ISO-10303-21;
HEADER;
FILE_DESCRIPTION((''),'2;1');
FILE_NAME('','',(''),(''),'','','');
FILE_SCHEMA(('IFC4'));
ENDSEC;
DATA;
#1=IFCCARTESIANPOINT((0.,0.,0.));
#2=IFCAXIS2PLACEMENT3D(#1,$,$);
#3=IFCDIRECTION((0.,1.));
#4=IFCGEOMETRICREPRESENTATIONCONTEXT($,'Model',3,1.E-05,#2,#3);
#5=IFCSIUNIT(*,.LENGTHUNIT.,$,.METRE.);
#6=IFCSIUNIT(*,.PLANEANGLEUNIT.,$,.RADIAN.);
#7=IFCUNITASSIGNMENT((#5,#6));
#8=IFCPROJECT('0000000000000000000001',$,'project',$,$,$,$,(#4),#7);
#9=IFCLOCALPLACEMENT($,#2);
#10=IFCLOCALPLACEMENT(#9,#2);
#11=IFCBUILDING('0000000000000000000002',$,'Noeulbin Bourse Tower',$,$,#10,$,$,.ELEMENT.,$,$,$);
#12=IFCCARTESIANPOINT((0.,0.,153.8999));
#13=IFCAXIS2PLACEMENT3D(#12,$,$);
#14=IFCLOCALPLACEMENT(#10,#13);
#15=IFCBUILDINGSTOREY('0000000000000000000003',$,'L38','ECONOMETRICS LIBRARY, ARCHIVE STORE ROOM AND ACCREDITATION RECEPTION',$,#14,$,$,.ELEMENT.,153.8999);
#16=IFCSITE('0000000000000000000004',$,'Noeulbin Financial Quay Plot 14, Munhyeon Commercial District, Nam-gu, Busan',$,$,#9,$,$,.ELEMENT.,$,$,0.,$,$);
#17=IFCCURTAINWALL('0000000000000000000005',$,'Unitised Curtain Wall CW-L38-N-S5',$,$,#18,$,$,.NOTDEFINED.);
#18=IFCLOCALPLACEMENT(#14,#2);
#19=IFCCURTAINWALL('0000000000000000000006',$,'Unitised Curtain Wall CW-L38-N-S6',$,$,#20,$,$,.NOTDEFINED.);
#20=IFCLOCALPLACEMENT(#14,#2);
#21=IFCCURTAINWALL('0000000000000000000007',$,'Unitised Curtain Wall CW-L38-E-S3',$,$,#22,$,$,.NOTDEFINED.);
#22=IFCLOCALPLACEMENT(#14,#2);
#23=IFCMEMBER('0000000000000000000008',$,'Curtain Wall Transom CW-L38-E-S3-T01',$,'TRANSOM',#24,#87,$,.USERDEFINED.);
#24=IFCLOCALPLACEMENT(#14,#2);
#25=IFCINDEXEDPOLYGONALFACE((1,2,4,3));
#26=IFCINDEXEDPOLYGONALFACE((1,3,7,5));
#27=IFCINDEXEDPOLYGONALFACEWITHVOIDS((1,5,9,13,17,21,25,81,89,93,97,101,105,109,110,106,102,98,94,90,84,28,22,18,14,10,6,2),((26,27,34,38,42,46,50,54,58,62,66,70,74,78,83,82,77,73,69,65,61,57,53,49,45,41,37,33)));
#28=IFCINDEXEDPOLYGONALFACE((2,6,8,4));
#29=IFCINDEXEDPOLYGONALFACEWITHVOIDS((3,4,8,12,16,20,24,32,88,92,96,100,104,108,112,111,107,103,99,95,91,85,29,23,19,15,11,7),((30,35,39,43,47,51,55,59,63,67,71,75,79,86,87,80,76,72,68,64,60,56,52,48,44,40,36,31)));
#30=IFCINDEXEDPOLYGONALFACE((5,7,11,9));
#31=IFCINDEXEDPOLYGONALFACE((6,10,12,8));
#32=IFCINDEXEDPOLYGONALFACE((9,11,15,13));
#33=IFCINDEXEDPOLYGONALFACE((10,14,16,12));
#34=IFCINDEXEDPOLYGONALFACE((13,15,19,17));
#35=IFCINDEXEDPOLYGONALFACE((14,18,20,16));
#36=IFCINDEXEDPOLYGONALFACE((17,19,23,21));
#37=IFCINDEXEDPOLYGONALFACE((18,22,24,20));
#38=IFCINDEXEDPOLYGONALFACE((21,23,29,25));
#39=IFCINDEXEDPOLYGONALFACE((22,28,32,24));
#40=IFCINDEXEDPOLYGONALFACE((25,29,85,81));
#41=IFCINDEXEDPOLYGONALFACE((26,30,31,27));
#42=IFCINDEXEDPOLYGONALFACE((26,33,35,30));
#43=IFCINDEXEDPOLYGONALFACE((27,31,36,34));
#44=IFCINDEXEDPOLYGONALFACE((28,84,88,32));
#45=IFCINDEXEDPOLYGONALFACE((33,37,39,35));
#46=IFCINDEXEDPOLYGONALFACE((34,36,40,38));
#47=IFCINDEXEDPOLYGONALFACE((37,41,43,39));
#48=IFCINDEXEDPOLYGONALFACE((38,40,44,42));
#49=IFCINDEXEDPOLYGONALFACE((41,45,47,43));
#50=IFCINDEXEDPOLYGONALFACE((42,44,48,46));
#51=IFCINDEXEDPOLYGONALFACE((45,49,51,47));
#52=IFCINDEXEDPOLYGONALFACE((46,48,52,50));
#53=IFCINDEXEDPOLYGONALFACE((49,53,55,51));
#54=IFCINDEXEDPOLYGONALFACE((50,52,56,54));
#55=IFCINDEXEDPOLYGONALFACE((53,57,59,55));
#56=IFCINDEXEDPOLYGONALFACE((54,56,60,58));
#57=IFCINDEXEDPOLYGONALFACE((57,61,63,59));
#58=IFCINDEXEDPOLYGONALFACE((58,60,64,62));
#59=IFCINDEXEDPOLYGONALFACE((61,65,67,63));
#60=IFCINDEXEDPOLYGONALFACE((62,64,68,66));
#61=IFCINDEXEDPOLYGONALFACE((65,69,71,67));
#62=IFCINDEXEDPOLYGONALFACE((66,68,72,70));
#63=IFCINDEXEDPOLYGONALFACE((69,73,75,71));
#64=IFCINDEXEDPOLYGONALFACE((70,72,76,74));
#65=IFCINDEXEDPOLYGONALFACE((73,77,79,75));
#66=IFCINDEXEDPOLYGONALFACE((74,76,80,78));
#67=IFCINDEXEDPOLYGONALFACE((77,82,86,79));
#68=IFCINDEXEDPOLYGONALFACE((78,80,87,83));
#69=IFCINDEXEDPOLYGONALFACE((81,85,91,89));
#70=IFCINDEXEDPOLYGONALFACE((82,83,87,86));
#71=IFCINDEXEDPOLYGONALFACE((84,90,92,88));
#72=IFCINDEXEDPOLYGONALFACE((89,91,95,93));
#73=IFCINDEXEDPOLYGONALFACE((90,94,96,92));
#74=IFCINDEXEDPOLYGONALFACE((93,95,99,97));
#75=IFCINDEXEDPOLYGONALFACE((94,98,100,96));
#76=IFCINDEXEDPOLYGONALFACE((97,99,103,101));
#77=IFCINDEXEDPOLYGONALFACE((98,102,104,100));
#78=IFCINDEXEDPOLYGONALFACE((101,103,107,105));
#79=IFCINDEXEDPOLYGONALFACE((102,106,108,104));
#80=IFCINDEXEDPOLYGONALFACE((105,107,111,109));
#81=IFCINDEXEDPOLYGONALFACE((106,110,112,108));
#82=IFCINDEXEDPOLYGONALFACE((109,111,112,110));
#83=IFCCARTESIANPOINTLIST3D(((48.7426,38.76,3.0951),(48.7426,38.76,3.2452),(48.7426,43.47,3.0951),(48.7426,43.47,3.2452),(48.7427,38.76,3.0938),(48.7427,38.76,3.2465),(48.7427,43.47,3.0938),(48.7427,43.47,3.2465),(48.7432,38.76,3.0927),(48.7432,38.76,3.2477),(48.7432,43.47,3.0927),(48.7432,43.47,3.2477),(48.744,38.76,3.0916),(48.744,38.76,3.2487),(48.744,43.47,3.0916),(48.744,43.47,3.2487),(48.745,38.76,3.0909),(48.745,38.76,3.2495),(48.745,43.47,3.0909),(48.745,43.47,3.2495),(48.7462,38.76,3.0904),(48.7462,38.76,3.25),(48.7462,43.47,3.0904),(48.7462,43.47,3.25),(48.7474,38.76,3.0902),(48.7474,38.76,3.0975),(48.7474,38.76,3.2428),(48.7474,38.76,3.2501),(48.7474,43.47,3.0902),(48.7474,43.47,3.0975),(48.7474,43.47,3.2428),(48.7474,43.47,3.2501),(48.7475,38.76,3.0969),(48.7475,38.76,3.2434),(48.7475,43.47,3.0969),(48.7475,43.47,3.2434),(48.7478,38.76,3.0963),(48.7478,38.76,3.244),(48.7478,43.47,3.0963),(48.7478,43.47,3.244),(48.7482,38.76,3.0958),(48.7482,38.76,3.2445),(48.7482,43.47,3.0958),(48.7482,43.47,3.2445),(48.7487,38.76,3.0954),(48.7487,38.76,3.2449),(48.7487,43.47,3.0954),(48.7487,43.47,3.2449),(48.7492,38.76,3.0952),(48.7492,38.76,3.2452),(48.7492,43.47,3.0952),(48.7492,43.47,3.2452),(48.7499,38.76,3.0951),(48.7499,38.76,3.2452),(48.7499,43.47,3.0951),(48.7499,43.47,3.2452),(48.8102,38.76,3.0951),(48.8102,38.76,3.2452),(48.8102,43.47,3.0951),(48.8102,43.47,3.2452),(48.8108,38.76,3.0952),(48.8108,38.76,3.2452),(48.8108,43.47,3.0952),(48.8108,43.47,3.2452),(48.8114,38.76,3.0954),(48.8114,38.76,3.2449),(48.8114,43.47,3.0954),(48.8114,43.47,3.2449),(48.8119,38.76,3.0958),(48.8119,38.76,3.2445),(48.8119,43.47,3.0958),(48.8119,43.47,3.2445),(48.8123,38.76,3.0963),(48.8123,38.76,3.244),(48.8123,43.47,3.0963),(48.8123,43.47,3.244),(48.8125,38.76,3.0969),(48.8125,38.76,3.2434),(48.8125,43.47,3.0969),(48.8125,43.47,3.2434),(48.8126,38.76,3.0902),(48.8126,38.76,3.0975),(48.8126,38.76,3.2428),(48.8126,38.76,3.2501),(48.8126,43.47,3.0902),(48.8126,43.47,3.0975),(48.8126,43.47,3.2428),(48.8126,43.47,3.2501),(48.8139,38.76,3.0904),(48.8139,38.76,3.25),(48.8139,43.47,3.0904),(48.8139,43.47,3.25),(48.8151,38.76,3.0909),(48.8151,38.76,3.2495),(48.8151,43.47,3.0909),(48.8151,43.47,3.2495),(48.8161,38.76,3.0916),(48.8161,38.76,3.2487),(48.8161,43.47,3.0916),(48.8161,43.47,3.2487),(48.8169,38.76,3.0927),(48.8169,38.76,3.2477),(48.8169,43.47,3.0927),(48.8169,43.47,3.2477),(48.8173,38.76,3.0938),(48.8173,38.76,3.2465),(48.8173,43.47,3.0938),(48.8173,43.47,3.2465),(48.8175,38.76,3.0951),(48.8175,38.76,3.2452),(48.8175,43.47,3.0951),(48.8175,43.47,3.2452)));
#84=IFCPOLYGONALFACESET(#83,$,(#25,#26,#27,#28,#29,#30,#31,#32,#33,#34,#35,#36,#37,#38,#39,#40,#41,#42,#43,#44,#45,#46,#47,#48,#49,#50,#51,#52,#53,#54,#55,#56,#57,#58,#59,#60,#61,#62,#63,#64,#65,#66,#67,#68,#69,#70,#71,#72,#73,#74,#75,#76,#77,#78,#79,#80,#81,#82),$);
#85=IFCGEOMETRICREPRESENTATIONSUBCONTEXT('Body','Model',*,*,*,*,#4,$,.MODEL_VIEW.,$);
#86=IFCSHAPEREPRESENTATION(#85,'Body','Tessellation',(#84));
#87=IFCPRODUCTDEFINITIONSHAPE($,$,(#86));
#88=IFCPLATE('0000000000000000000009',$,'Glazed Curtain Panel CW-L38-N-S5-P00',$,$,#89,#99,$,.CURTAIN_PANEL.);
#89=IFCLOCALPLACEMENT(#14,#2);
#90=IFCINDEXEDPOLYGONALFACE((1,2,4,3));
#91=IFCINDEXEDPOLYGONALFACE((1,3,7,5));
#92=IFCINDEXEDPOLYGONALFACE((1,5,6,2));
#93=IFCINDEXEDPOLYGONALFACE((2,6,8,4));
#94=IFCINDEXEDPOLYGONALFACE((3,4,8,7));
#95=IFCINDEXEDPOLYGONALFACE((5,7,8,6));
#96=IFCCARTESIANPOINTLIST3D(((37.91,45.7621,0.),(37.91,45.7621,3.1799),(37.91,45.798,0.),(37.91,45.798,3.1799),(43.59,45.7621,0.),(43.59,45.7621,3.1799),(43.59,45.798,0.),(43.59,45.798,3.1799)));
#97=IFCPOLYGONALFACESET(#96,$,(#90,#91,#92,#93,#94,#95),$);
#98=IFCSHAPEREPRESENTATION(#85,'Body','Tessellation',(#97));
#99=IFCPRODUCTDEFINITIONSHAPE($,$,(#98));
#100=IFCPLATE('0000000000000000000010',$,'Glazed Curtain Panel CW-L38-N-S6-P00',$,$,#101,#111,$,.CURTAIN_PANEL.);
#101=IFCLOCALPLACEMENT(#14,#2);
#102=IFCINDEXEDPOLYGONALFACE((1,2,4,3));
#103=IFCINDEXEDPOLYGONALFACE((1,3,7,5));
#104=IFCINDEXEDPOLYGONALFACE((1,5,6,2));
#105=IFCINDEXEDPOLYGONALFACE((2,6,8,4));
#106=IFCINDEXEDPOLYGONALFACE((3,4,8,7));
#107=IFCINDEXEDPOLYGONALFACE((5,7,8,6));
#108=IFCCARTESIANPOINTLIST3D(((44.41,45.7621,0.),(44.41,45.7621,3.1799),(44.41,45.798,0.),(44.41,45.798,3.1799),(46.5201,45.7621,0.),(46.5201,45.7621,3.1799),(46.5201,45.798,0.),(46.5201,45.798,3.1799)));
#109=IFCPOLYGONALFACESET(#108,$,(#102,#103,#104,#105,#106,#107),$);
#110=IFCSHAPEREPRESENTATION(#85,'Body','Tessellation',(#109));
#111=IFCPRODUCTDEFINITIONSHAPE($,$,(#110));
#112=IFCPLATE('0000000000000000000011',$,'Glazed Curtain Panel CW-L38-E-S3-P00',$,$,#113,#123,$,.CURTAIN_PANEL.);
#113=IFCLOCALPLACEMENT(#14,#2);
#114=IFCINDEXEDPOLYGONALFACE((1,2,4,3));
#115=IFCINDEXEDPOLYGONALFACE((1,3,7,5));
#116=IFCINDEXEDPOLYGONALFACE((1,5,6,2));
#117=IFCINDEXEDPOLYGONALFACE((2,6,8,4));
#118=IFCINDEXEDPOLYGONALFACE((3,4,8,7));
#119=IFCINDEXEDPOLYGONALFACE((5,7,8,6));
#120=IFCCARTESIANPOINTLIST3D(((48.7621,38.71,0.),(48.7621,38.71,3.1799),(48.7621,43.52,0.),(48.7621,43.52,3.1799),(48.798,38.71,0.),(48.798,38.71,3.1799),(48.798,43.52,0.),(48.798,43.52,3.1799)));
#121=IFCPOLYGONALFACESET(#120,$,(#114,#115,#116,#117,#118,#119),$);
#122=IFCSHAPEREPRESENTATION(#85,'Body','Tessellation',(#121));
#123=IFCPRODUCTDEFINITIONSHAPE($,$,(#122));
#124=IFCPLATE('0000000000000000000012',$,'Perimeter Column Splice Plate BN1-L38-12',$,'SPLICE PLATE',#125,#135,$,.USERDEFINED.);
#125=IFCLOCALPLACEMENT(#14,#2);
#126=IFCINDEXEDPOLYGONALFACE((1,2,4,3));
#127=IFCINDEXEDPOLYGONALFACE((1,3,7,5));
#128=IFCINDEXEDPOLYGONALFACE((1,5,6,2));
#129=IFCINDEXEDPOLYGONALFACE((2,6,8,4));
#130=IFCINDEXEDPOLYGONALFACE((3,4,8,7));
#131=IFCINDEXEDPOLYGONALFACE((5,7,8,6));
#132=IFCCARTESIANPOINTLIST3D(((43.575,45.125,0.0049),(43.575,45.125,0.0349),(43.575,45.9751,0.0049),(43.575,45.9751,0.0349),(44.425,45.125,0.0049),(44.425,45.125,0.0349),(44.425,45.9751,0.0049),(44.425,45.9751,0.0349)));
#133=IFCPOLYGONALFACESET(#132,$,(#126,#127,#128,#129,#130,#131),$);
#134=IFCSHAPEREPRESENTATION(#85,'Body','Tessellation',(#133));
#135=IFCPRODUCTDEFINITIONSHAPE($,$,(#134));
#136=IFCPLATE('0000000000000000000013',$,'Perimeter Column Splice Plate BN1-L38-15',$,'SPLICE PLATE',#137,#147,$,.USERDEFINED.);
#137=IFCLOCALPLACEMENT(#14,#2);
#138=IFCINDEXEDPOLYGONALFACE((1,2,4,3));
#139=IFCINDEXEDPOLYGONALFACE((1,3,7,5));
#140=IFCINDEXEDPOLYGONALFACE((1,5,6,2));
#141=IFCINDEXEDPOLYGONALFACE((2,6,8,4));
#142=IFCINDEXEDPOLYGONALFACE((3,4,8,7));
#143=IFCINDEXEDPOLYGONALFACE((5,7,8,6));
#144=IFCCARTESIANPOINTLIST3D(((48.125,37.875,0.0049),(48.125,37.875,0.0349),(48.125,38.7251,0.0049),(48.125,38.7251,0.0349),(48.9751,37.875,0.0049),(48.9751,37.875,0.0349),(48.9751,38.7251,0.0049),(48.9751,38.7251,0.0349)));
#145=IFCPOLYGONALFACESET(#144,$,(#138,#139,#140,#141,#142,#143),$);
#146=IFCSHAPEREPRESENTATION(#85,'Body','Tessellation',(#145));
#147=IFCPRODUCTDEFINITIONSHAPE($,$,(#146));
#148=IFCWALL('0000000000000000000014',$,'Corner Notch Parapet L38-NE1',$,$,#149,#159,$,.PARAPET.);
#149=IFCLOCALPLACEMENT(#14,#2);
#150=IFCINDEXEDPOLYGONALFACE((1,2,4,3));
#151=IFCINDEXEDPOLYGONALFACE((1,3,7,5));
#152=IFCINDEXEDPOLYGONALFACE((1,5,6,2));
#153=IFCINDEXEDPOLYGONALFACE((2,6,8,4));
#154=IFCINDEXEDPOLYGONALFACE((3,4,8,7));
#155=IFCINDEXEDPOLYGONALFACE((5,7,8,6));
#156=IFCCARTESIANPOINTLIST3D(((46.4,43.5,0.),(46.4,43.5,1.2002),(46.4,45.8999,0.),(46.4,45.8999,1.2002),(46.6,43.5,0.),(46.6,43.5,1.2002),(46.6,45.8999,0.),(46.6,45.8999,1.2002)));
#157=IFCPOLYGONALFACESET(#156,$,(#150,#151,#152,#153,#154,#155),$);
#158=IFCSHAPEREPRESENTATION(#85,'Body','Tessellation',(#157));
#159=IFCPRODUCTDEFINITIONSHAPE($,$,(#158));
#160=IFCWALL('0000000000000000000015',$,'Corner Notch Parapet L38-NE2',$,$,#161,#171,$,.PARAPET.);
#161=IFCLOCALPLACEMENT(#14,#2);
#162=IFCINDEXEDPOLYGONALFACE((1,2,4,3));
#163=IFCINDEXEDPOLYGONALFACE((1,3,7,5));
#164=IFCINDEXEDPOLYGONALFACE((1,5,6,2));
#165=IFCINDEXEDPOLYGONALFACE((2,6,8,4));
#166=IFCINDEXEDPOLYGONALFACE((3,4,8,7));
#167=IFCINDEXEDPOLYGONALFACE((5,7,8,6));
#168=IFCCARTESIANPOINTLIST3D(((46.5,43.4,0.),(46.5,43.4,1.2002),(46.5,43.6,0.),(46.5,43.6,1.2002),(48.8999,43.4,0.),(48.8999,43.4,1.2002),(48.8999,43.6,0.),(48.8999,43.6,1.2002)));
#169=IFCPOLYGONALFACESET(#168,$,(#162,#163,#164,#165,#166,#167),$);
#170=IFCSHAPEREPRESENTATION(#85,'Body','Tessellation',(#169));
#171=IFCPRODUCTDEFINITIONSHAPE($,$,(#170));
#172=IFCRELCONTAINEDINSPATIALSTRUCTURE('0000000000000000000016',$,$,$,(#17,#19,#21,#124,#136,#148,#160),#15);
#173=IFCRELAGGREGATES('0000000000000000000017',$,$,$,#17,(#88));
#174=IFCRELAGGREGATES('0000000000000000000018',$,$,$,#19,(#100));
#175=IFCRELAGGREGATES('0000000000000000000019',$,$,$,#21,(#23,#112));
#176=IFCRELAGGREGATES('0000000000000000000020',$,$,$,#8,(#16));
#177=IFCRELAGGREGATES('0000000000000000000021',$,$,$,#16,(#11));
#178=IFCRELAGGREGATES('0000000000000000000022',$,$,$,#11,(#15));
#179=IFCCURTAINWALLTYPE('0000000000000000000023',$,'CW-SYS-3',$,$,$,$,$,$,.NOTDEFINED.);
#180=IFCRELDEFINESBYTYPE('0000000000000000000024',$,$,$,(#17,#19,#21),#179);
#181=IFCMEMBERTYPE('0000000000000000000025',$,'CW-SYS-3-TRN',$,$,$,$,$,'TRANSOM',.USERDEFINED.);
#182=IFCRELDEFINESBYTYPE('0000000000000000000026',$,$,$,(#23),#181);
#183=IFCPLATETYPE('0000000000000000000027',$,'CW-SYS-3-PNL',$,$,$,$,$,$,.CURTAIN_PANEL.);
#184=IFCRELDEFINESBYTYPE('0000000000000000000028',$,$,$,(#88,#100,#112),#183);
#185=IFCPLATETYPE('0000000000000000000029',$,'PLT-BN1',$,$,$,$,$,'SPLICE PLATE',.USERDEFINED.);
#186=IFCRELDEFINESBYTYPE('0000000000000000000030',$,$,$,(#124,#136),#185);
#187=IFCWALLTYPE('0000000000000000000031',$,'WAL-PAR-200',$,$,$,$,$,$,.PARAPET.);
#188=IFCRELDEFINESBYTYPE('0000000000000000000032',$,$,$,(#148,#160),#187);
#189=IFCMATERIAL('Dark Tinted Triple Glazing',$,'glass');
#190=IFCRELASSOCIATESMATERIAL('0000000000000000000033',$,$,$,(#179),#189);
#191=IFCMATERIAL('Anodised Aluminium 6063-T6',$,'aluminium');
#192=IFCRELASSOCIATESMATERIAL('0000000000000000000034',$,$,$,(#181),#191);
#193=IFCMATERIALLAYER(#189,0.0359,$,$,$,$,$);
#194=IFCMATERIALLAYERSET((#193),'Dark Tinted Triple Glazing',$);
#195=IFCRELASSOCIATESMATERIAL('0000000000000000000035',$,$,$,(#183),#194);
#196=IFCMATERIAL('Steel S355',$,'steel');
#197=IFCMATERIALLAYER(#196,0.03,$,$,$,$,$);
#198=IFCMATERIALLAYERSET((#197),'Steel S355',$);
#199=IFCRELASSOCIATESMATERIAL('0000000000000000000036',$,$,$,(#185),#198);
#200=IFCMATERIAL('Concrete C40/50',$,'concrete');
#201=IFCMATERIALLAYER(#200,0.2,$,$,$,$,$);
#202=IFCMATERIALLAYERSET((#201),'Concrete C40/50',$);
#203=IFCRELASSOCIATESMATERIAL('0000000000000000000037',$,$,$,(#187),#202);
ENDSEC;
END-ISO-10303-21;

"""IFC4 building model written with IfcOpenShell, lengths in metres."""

from ifc_helpers import new_model, si_unit, direction, frame, frame_2d, origin, origin_2d, place, context, subcontext, project, spatial, rectangle, hollow_rectangle, extrude, material, layer, layer_set, material_profile, profile_set, type_object, element, aggregate, save


model = new_model("IFC4")

# Units and contexts
model_context = context("Model", 3, precision=1e-05, world=origin(), true_north=direction((0.0, 1.0)))
body_context = subcontext(model_context, "Body", "Model", "MODEL_VIEW")
ifc_project = project(units=[si_unit("LENGTHUNIT", "METRE"), si_unit("PLANEANGLEUNIT", "RADIAN")], contexts=[model_context])

# Site, building, storey
site_placement = place(None, origin())
site = spatial("IfcSite", under=ifc_project, at=site_placement, Name="Noeulbin Financial Quay Plot 14, Munhyeon Commercial District, Nam-gu, Busan", CompositionType="ELEMENT", RefElevation=0.0)
building_placement = place(site_placement, origin())
building = spatial("IfcBuilding", under=site, at=building_placement, Name="Noeulbin Bourse Tower", CompositionType="ELEMENT")
storey_placement = place(building_placement, frame((0.0, 0.0, 153.8999)))
storey = spatial("IfcBuildingStorey", under=building, at=storey_placement, Name="L38", Description="ECONOMETRICS LIBRARY, ARCHIVE STORE ROOM AND ACCREDITATION RECEPTION", CompositionType="ELEMENT", Elevation=153.8999)

# Shared definitions
ifc_material_1 = material(Name="Steel S355", Category="steel")

# Curtain wall
ifc_material_2 = material(Name="Dark Tinted Triple Glazing", Category="glass")
curtain_wall_type = type_object("IfcCurtainWallType", Name="CW-SYS-3", PredefinedType="NOTDEFINED", material=ifc_material_2)
curtain_wall_1_placement = place(storey_placement, origin())
curtain_wall_1 = element("IfcCurtainWall", 1, at=curtain_wall_1_placement, inside=storey, type_object=curtain_wall_type, Name="Unitised Curtain Wall CW-L38-N-S5", PredefinedType="NOTDEFINED")
ifc_material_3 = material(Name="Anodised Aluminium 6063-T6", Category="aluminium")

# Curtain walls
curtain_wall_2_placement = place(storey_placement, origin())
curtain_wall_2 = element("IfcCurtainWall", 2, at=curtain_wall_2_placement, inside=storey, type_object=curtain_wall_type, Name="Unitised Curtain Wall CW-L38-N-S6", PredefinedType="NOTDEFINED")
curtain_wall_3_placement = place(storey_placement, origin())
curtain_wall_3 = element("IfcCurtainWall", 3, at=curtain_wall_3_placement, inside=storey, type_object=curtain_wall_type, Name="Unitised Curtain Wall CW-L38-E-S3", PredefinedType="NOTDEFINED")

# Member
ifc_material_profile_1 = material_profile(ifc_material_3, hollow_rectangle(XDim=0.075, YDim=0.1599, WallThickness=0.0049, InnerFilletRadius=0.0024, OuterFilletRadius=0.0049, at=origin_2d()), Name="ALU-TRAN-75x160x5", Category="LoadBearing")
ifc_profile_set_1 = profile_set([ifc_material_profile_1], Name="Anodised Aluminium 6063-T6")
member_type_1 = type_object("IfcMemberType", Name="CW-SYS-3-TRN", ElementType="TRANSOM", PredefinedType="USERDEFINED", material=ifc_profile_set_1)
member_1_placement = place(storey_placement, frame((48.78, 38.76, 3.1702), z_axis=(0.0, 1.0, 0.0), x_axis=(-1.0, 0.0, 0.0)))
member_1 = element("IfcMember", 4, at=member_1_placement, type_object=member_type_1, Name="Curtain Wall Transom CW-L38-E-S3-T01", ObjectType="TRANSOM", PredefinedType="USERDEFINED", context=body_context, shape_type="SweptSolid", body=[
    extrude(hollow_rectangle(XDim=0.075, YDim=0.1599, WallThickness=0.0049, InnerFilletRadius=0.0024, OuterFilletRadius=0.0049, at=origin_2d()), origin(), (0.0, 0.0, 1.0), 4.71),
])

# Plates
ifc_layer_1 = layer(ifc_material_2, 0.0359)
ifc_layer_set_1 = layer_set([ifc_layer_1], Name="Dark Tinted Triple Glazing")
plate_type_1 = type_object("IfcPlateType", Name="CW-SYS-3-PNL", PredefinedType="CURTAIN_PANEL", material=ifc_layer_set_1)
plate_1_placement = place(storey_placement, frame((40.75, 45.78, 0.0), z_axis=(0.0, 0.0, 1.0), x_axis=(1.0, 0.0, 0.0)))
plate_1 = element("IfcPlate", 5, at=plate_1_placement, type_object=plate_type_1, Name="Glazed Curtain Panel CW-L38-N-S5-P00", PredefinedType="CURTAIN_PANEL", context=body_context, shape_type="SweptSolid", body=[
    extrude(rectangle(XDim=5.6799, YDim=0.0359, at=origin_2d()), origin(), (0.0, 0.0, 1.0), 3.1799),
])
aggregate(curtain_wall_1, [plate_1])
plate_2_placement = place(storey_placement, frame((45.4651, 45.78, 0.0), z_axis=(0.0, 0.0, 1.0), x_axis=(1.0, 0.0, 0.0)))
plate_2 = element("IfcPlate", 6, at=plate_2_placement, type_object=plate_type_1, Name="Glazed Curtain Panel CW-L38-N-S6-P00", PredefinedType="CURTAIN_PANEL", context=body_context, shape_type="SweptSolid", body=[
    extrude(rectangle(XDim=2.1101, YDim=0.0359, at=origin_2d()), origin(), (0.0, 0.0, 1.0), 3.1799),
])
aggregate(curtain_wall_2, [plate_2])
plate_3_placement = place(storey_placement, frame((48.78, 41.115, 0.0), z_axis=(0.0, 0.0, 1.0), x_axis=(0.0, 1.0, 0.0)))
plate_3 = element("IfcPlate", 7, at=plate_3_placement, type_object=plate_type_1, Name="Glazed Curtain Panel CW-L38-E-S3-P00", PredefinedType="CURTAIN_PANEL", context=body_context, shape_type="SweptSolid", body=[
    extrude(rectangle(XDim=4.8101, YDim=0.0359, at=origin_2d()), origin(), (0.0, 0.0, 1.0), 3.1799),
])
aggregate(curtain_wall_3, [member_1, plate_3])

# Plates
ifc_layer_2 = layer(ifc_material_1, 0.03)
ifc_layer_set_2 = layer_set([ifc_layer_2], Name="Steel S355")
plate_type_2 = type_object("IfcPlateType", Name="PLT-BN1", ElementType="SPLICE PLATE", PredefinedType="USERDEFINED", material=ifc_layer_set_2)
for number, where, z_axis, x_axis, name in (
    (8, (44.0, 45.55, 0.0049), (0.0, 0.0, 1.0), (1.0, 0.0, 0.0), "Perimeter Column Splice Plate BN1-L38-12"),
    (9, (48.55, 38.3, 0.0049), (0.0, 0.0, 1.0), (1.0, 0.0, 0.0), "Perimeter Column Splice Plate BN1-L38-15"),
):
    element("IfcPlate", number, at=place(storey_placement, frame(where, z_axis=z_axis, x_axis=x_axis)), inside=storey, type_object=plate_type_2, Name=name, ObjectType="SPLICE PLATE", PredefinedType="USERDEFINED", context=body_context, shape_type="SweptSolid", body=[
        extrude(rectangle(XDim=0.8501, YDim=0.8501, at=origin_2d()), origin(), (0.0, 0.0, 1.0), 0.03),
    ])

# Walls
ifc_material_4 = material(Name="Concrete C40/50", Category="concrete")
ifc_layer_3 = layer(ifc_material_4, 0.2)
ifc_layer_set_3 = layer_set([ifc_layer_3], Name="Concrete C40/50")
wall_type_1 = type_object("IfcWallType", Name="WAL-PAR-200", PredefinedType="PARAPET", material=ifc_layer_set_3)
for number, where, z_axis, x_axis, name in (
    (10, (46.5, 45.8999, 0.0), (0.0, 0.0, 1.0), (0.0, -1.0, 0.0), "Corner Notch Parapet L38-NE1"),
    (11, (46.5, 43.5, 0.0), (0.0, 0.0, 1.0), (1.0, 0.0, 0.0), "Corner Notch Parapet L38-NE2"),
):
    element("IfcWall", number, at=place(storey_placement, frame(where, z_axis=z_axis, x_axis=x_axis)), inside=storey, type_object=wall_type_1, Name=name, PredefinedType="PARAPET", context=body_context, shape_type="SweptSolid", body=[
        extrude(rectangle(XDim=2.3999, YDim=0.2, at=frame_2d((1.2, 0.0))), origin(), (0.0, 0.0, 1.0), 1.2002),
    ])

save(model, "model.ifc")
